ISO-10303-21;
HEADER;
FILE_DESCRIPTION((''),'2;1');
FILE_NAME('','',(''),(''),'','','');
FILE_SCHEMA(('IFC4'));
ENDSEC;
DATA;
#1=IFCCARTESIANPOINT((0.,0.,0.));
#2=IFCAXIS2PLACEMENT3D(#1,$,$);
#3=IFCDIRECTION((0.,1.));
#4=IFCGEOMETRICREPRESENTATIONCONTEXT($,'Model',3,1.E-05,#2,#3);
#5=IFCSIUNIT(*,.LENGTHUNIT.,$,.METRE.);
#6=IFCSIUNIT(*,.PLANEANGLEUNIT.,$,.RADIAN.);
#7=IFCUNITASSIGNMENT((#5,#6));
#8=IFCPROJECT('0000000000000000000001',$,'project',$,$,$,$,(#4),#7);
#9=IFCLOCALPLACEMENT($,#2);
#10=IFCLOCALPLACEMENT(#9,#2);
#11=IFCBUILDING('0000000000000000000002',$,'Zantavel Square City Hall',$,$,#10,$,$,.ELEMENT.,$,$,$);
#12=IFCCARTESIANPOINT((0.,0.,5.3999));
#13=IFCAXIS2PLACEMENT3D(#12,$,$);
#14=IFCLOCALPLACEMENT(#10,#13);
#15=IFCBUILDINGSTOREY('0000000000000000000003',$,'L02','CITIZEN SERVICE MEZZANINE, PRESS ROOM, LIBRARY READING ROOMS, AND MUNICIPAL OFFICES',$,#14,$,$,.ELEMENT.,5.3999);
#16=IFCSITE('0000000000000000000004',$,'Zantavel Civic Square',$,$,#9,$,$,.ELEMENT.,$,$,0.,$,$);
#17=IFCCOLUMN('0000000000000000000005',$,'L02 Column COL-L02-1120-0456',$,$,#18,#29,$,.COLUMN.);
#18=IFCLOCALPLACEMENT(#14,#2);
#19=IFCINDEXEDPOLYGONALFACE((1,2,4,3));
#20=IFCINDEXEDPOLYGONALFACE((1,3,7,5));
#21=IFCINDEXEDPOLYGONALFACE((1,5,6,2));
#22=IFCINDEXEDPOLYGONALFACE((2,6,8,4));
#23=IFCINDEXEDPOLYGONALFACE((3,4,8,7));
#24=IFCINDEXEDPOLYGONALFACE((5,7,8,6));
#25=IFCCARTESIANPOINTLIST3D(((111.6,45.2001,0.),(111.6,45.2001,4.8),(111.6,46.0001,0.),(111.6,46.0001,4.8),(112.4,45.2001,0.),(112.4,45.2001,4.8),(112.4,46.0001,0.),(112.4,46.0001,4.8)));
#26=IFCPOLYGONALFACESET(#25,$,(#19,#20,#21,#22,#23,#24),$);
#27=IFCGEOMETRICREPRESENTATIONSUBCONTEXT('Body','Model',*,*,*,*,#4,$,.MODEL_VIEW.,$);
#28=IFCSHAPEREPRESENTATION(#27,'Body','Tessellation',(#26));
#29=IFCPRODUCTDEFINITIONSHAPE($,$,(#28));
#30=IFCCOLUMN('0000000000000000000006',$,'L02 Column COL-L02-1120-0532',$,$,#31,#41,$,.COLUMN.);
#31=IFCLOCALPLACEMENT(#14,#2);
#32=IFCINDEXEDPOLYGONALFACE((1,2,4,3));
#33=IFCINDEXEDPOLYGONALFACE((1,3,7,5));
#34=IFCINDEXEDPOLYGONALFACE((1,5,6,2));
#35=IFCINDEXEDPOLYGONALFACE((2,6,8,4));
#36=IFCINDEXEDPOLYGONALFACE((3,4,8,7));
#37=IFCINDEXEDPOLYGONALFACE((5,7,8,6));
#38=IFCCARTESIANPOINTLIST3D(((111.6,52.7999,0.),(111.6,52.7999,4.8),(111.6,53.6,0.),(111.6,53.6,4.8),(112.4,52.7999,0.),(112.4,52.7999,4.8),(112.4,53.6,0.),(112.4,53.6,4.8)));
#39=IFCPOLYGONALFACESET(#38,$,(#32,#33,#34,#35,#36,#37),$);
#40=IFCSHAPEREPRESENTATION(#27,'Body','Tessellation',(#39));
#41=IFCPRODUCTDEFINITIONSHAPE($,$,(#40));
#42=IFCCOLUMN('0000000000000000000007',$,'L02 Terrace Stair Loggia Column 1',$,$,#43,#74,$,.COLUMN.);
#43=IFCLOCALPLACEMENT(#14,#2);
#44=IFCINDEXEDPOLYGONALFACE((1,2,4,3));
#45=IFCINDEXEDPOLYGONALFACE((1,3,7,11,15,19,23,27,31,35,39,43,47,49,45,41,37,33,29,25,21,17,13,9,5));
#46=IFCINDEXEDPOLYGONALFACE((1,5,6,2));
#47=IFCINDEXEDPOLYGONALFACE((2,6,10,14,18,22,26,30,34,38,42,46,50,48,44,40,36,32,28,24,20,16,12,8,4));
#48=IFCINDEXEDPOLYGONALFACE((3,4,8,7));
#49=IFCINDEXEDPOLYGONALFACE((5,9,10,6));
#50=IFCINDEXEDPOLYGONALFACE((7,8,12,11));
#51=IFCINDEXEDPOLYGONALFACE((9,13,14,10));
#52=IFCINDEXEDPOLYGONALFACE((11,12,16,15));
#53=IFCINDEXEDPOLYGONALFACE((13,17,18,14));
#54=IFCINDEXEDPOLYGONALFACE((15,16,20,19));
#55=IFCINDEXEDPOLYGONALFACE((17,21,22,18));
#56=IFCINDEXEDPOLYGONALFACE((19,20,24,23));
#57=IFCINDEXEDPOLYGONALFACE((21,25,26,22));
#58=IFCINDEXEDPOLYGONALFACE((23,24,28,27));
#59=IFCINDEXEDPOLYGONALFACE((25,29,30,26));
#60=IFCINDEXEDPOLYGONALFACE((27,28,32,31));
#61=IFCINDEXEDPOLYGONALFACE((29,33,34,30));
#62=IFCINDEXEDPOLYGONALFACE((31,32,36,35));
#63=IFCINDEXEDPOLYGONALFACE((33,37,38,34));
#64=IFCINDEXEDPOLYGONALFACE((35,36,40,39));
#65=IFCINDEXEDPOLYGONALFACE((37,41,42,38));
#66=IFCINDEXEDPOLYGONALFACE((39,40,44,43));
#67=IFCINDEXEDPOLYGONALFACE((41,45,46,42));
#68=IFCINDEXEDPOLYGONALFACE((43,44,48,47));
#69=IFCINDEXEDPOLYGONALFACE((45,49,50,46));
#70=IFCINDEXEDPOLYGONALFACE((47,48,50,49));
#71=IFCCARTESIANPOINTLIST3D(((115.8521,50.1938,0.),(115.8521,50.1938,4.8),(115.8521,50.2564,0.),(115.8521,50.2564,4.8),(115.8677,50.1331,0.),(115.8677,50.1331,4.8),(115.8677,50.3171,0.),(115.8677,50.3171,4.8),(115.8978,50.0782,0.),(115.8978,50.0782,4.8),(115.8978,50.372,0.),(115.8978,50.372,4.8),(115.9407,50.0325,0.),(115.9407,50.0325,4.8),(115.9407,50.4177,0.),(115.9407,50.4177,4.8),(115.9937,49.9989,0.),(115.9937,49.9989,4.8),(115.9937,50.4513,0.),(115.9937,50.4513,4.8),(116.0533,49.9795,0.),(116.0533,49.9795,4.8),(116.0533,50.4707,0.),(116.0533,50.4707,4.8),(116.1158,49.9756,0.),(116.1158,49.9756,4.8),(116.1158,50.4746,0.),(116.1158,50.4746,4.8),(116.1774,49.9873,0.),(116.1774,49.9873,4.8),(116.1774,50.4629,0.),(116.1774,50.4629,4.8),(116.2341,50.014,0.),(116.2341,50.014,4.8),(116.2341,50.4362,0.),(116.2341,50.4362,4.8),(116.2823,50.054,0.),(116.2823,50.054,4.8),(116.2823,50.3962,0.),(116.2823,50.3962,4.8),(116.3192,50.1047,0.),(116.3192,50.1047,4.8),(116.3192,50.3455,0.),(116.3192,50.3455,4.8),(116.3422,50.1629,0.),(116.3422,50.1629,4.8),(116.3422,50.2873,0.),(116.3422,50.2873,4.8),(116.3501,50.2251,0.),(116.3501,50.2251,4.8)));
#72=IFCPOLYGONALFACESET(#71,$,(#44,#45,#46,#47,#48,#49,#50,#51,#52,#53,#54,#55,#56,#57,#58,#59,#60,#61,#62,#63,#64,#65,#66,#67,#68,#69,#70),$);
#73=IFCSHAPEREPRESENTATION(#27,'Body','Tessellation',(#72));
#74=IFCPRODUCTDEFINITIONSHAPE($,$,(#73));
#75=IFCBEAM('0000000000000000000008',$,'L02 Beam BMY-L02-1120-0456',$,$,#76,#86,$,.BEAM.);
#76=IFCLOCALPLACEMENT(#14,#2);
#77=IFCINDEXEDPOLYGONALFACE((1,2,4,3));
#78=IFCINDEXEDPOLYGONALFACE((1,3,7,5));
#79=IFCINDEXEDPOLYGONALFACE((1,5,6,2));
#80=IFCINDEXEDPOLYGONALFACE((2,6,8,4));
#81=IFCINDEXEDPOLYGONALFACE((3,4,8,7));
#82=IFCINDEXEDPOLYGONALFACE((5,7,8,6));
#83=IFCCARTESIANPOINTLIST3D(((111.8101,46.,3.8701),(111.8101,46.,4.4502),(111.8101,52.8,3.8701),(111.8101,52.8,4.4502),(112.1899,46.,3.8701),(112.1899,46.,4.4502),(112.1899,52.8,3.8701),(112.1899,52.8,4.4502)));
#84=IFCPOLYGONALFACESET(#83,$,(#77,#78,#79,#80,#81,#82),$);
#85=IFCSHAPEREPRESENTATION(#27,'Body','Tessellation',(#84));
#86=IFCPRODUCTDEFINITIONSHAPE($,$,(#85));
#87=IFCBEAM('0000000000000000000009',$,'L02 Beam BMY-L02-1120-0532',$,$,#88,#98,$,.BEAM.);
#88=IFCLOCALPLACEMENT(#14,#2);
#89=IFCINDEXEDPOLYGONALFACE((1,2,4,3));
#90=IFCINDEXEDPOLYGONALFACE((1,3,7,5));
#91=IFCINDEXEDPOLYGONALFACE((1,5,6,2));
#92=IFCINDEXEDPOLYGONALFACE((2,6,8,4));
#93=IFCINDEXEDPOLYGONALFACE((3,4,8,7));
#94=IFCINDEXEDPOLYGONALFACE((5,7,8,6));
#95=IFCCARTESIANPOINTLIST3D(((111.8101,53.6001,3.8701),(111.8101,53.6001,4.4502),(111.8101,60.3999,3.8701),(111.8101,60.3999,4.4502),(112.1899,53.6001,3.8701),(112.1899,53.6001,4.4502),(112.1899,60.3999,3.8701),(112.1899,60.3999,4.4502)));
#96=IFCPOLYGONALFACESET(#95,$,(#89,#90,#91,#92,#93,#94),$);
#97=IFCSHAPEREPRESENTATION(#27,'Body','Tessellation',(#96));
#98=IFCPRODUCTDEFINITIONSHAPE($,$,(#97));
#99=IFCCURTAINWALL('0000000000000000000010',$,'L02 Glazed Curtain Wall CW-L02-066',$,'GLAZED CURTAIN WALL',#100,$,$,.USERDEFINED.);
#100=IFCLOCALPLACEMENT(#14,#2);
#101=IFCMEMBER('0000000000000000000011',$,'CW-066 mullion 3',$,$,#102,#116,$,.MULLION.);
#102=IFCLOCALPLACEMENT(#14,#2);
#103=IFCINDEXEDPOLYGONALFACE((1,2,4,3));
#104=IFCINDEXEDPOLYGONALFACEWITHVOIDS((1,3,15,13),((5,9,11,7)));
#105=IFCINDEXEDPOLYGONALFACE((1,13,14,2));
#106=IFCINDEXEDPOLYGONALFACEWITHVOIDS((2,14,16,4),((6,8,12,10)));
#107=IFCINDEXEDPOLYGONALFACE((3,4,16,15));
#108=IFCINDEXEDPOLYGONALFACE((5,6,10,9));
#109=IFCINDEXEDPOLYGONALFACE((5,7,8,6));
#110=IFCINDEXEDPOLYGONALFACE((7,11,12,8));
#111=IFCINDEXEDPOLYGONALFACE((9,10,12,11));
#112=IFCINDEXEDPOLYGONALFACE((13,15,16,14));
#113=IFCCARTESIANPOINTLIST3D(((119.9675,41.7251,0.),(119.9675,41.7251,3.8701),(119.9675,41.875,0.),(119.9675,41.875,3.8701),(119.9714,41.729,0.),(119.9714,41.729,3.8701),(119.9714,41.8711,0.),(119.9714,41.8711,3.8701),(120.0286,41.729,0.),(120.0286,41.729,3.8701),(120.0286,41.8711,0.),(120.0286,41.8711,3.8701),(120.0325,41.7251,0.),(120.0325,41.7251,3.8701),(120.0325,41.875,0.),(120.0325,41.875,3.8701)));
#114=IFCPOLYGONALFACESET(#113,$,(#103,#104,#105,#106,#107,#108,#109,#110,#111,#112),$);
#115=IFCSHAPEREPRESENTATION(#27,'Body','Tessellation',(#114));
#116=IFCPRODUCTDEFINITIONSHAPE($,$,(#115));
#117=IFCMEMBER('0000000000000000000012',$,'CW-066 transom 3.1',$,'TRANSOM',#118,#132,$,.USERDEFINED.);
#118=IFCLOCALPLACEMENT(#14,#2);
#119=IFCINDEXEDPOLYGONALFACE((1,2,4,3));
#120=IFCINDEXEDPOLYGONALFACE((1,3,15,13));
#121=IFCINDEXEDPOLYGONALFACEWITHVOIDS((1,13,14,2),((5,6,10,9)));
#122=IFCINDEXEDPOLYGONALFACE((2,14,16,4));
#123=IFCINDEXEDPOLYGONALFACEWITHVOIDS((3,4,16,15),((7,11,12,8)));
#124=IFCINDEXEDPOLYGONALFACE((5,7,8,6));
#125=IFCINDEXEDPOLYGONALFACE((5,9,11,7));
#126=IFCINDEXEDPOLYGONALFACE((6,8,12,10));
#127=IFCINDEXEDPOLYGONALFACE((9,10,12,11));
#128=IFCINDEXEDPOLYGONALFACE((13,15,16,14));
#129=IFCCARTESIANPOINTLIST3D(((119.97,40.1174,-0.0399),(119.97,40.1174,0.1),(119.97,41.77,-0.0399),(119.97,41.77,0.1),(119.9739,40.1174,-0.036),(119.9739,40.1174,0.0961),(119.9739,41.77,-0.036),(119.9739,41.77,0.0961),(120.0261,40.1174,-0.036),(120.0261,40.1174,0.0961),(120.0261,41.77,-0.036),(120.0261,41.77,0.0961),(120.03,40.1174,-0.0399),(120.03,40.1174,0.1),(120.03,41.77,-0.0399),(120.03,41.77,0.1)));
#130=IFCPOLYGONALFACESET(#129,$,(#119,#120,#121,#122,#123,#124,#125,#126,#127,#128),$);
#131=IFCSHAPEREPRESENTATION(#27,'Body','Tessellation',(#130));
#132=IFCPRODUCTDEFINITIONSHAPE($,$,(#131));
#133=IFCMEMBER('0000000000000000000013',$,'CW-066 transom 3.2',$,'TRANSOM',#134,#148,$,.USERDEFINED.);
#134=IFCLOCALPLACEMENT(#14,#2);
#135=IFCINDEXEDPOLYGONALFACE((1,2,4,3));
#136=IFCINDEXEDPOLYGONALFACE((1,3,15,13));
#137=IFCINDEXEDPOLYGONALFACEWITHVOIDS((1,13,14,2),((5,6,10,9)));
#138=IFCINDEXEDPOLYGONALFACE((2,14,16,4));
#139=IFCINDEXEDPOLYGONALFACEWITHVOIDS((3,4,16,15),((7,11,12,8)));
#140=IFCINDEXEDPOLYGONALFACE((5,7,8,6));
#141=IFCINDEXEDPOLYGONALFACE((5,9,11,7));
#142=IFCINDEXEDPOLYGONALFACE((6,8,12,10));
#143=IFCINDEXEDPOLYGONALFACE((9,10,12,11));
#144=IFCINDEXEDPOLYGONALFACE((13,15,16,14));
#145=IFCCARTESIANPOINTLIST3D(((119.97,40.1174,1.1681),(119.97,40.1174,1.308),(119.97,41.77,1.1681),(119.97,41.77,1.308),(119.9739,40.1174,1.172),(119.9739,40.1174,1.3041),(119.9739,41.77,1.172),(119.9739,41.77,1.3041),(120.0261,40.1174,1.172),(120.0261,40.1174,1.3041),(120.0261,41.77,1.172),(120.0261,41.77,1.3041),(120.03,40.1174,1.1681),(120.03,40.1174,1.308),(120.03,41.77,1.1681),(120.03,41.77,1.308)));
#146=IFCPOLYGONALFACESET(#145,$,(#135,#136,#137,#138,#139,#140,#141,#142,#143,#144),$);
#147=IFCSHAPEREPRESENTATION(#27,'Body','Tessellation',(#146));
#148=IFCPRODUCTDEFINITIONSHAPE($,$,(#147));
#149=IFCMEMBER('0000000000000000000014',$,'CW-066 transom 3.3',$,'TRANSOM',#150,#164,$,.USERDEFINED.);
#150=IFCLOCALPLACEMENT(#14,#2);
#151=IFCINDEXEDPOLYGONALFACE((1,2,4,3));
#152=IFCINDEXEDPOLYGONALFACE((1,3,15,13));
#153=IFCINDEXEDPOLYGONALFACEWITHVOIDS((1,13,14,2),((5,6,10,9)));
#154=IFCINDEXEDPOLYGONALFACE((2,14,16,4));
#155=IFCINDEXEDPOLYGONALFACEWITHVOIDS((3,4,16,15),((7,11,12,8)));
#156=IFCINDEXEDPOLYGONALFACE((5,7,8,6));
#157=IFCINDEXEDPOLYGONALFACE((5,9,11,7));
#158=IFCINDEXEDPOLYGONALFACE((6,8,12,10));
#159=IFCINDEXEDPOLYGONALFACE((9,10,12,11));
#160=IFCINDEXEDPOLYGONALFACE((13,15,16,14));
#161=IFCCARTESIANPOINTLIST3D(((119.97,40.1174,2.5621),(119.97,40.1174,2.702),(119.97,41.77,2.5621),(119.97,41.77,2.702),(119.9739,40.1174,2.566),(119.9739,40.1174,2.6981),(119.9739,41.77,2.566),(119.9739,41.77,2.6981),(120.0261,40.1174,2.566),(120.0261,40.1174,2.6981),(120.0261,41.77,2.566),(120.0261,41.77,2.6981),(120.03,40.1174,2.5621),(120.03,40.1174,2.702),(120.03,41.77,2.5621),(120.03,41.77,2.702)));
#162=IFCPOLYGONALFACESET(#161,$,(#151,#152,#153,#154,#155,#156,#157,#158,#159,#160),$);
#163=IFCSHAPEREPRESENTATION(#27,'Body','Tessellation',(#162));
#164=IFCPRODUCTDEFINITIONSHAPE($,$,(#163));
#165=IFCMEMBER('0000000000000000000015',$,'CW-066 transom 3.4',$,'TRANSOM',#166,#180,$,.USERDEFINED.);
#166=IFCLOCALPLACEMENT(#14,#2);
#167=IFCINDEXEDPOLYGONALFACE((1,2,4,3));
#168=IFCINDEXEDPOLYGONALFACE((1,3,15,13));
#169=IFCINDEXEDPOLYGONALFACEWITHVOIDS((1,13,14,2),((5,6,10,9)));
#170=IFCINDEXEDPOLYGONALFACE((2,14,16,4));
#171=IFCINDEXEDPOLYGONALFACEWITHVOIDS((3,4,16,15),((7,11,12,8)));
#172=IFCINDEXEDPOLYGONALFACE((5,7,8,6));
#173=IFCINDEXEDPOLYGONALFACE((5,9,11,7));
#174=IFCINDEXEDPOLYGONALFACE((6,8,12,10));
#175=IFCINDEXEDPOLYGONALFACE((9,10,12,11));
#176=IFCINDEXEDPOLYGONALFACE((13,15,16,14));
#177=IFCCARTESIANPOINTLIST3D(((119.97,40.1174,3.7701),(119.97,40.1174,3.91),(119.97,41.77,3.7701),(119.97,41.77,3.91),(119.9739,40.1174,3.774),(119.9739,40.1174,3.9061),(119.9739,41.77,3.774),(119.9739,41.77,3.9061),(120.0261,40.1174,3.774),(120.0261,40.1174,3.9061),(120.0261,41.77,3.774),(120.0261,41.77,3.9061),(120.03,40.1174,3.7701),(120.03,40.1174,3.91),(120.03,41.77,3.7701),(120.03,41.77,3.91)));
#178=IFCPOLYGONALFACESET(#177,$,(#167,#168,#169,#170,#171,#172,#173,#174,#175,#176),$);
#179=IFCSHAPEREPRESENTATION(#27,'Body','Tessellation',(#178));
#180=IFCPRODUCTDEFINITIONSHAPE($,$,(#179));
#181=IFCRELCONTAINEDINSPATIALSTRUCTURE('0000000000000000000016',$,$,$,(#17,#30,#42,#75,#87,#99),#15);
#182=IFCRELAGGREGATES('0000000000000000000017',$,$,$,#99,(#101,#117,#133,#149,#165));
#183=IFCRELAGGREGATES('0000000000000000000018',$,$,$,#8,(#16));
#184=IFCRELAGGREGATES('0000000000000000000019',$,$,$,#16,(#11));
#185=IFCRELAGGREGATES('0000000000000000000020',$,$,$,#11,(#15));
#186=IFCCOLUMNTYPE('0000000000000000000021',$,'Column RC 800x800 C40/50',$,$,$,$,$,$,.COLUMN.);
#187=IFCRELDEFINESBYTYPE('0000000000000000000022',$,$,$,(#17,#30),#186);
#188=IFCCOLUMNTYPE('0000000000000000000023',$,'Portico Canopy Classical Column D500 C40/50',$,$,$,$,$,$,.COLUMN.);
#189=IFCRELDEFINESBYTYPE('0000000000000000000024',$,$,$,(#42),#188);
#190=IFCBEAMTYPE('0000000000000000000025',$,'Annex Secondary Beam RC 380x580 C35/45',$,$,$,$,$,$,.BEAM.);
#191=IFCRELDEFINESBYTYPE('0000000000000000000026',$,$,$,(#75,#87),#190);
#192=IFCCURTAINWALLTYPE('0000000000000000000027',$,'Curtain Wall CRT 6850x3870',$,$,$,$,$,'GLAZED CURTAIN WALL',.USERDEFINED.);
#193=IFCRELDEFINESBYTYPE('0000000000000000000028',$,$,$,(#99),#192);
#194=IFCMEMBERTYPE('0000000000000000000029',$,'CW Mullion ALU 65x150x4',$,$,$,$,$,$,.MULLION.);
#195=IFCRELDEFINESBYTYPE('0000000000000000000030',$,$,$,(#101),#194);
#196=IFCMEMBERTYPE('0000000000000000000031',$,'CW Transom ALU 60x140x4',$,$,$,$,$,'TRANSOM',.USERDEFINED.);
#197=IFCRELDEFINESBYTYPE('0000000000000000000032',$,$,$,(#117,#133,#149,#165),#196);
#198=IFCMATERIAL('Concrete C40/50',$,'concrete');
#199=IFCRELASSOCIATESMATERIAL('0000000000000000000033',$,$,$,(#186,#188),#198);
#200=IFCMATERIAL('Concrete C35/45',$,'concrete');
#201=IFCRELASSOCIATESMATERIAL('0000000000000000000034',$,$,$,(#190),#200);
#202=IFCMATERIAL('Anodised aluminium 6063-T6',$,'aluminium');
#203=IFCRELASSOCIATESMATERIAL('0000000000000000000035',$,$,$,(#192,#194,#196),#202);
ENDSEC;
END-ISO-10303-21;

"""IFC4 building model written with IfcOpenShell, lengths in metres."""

from ifc_helpers import new_model, si_unit, direction, frame, origin, origin_2d, place, context, subcontext, project, spatial, rectangle, hollow_rectangle, circle, extrude, material, material_profile, profile_set, type_object, element, aggregate, save


model = new_model("IFC4")

# Units and contexts
model_context = context("Model", 3, precision=1e-05, world=origin(), true_north=direction((0.0, 1.0)))
body_context = subcontext(model_context, "Body", "Model", "MODEL_VIEW")
ifc_project = project(units=[si_unit("LENGTHUNIT", "METRE"), si_unit("PLANEANGLEUNIT", "RADIAN")], contexts=[model_context])

# Site, building, storey
site_placement = place(None, origin())
site = spatial("IfcSite", under=ifc_project, at=site_placement, Name="Zantavel Civic Square", CompositionType="ELEMENT", RefElevation=0.0)
building_placement = place(site_placement, origin())
building = spatial("IfcBuilding", under=site, at=building_placement, Name="Zantavel Square City Hall", CompositionType="ELEMENT")
storey_placement = place(building_placement, frame((0.0, 0.0, 5.3999)))
storey = spatial("IfcBuildingStorey", under=building, at=storey_placement, Name="L02", Description="CITIZEN SERVICE MEZZANINE, PRESS ROOM, LIBRARY READING ROOMS, AND MUNICIPAL OFFICES", CompositionType="ELEMENT", Elevation=5.3999)

# Columns
ifc_material_1 = material(Name="Concrete C40/50", Category="concrete")
ifc_material_profile_1 = material_profile(ifc_material_1, rectangle(XDim=0.8, YDim=0.8, at=origin_2d()), Name="RC 800x800")
ifc_profile_set_1 = profile_set([ifc_material_profile_1], Name="Concrete C40/50")
column_type_1 = type_object("IfcColumnType", Name="Column RC 800x800 C40/50", PredefinedType="COLUMN", material=ifc_profile_set_1)
for number, where, z_axis, x_axis, name in (
    (1, (112.0, 45.6001, 0.0), (0.0, 0.0, 1.0), (1.0, 0.0, 0.0), "L02 Column COL-L02-1120-0456"),
    (2, (112.0, 53.2, 0.0), (0.0, 0.0, 1.0), (1.0, 0.0, 0.0), "L02 Column COL-L02-1120-0532"),
):
    element("IfcColumn", number, at=place(storey_placement, frame(where, z_axis=z_axis, x_axis=x_axis)), inside=storey, type_object=column_type_1, Name=name, PredefinedType="COLUMN", context=body_context, shape_type="SweptSolid", body=[
        extrude(rectangle(XDim=0.8, YDim=0.8, at=origin_2d()), origin(), (0.0, 0.0, 1.0), 4.8),
    ])
ifc_material_profile_2 = material_profile(ifc_material_1, circle(Radius=0.25, at=origin_2d()), Name="ROUND D500")
ifc_profile_set_2 = profile_set([ifc_material_profile_2], Name="Concrete C40/50")
column_type_2 = type_object("IfcColumnType", Name="Portico Canopy Classical Column D500 C40/50", PredefinedType="COLUMN", material=ifc_profile_set_2)
column_placement = place(storey_placement, frame((116.1001, 50.2251, 0.0), z_axis=(0.0, 0.0, 1.0), x_axis=(1.0, 0.0, 0.0)))
element("IfcColumn", 3, at=column_placement, inside=storey, type_object=column_type_2, Name="L02 Terrace Stair Loggia Column 1", PredefinedType="COLUMN", context=body_context, shape_type="SweptSolid", body=[
    extrude(circle(Radius=0.25, at=origin_2d()), origin(), (0.0, 0.0, 1.0), 4.8),
])

# Beams
ifc_material_2 = material(Name="Concrete C35/45", Category="concrete")
ifc_material_profile_3 = material_profile(ifc_material_2, rectangle(XDim=0.3799, YDim=0.5801, at=origin_2d()), Name="RC 380x580")
ifc_profile_set_3 = profile_set([ifc_material_profile_3], Name="Concrete C35/45")
beam_type_1 = type_object("IfcBeamType", Name="Annex Secondary Beam RC 380x580 C35/45", PredefinedType="BEAM", material=ifc_profile_set_3)
beam_1_placement = place(storey_placement, frame((112.0, 46.0, 4.1602), z_axis=(0.0, 1.0, 0.0), x_axis=(-1.0, 0.0, 0.0)))
element("IfcBeam", 4, at=beam_1_placement, inside=storey, type_object=beam_type_1, Name="L02 Beam BMY-L02-1120-0456", PredefinedType="BEAM", context=body_context, shape_type="SweptSolid", body=[
    extrude(rectangle(XDim=0.3799, YDim=0.5801, at=origin_2d()), origin(), (0.0, 0.0, 1.0), 6.8),
])
beam_2_placement = place(storey_placement, frame((112.0, 53.6001, 4.1602), z_axis=(0.0, 1.0, 0.0), x_axis=(-1.0, 0.0, 0.0)))
element("IfcBeam", 5, at=beam_2_placement, inside=storey, type_object=beam_type_1, Name="L02 Beam BMY-L02-1120-0532", PredefinedType="BEAM", context=body_context, shape_type="SweptSolid", body=[
    extrude(rectangle(XDim=0.3799, YDim=0.5801, at=origin_2d()), origin(), (0.0, 0.0, 1.0), 6.7998),
])

# Curtain wall, members
ifc_material_3 = material(Name="Anodised aluminium 6063-T6", Category="aluminium")
curtain_wall_type = type_object("IfcCurtainWallType", Name="Curtain Wall CRT 6850x3870", ElementType="GLAZED CURTAIN WALL", PredefinedType="USERDEFINED", material=ifc_material_3)
curtain_wall_placement = place(storey_placement, origin())
curtain_wall = element("IfcCurtainWall", 6, at=curtain_wall_placement, inside=storey, type_object=curtain_wall_type, Name="L02 Glazed Curtain Wall CW-L02-066", ObjectType="GLAZED CURTAIN WALL", PredefinedType="USERDEFINED")
ifc_material_profile_4 = material_profile(ifc_material_3, hollow_rectangle(XDim=0.0649, YDim=0.1499, WallThickness=0.0039, at=origin_2d()), Name="ALU 65x150x4")
ifc_profile_set_4 = profile_set([ifc_material_profile_4], Name="Anodised aluminium 6063-T6")
member_type_1 = type_object("IfcMemberType", Name="CW Mullion ALU 65x150x4", PredefinedType="MULLION", material=ifc_profile_set_4)
member_1_placement = place(storey_placement, frame((120.0, 41.8, 0.0), z_axis=(0.0, 0.0, 1.0), x_axis=(1.0, 0.0, 0.0)))
member_1 = element("IfcMember", 7, at=member_1_placement, type_object=member_type_1, Name="CW-066 mullion 3", PredefinedType="MULLION", context=body_context, shape_type="SweptSolid", body=[
    extrude(hollow_rectangle(XDim=0.0649, YDim=0.1499, WallThickness=0.0039, at=origin_2d()), origin(), (0.0, 0.0, 1.0), 3.8701),
])
ifc_material_profile_5 = material_profile(ifc_material_3, hollow_rectangle(XDim=0.0601, YDim=0.1399, WallThickness=0.0039, at=origin_2d()), Name="ALU 60x140x4")
ifc_profile_set_5 = profile_set([ifc_material_profile_5], Name="Anodised aluminium 6063-T6")
member_type_2 = type_object("IfcMemberType", Name="CW Transom ALU 60x140x4", ElementType="TRANSOM", PredefinedType="USERDEFINED", material=ifc_profile_set_5)
member_2_placement = place(storey_placement, frame((120.0, 41.77, 0.03), z_axis=(0.0, -1.0, 0.0), x_axis=(1.0, 0.0, 0.0)))
member_2 = element("IfcMember", 8, at=member_2_placement, type_object=member_type_2, Name="CW-066 transom 3.1", ObjectType="TRANSOM", PredefinedType="USERDEFINED", context=body_context, shape_type="SweptSolid", body=[
    extrude(hollow_rectangle(XDim=0.0601, YDim=0.1399, WallThickness=0.0039, at=origin_2d()), origin(), (0.0, 0.0, 1.0), 1.6526),
])
member_3_placement = place(storey_placement, frame((120.0, 41.77, 1.238), z_axis=(0.0, -1.0, 0.0), x_axis=(1.0, 0.0, 0.0)))
member_3 = element("IfcMember", 9, at=member_3_placement, type_object=member_type_2, Name="CW-066 transom 3.2", ObjectType="TRANSOM", PredefinedType="USERDEFINED", context=body_context, shape_type="SweptSolid", body=[
    extrude(hollow_rectangle(XDim=0.0601, YDim=0.1399, WallThickness=0.0039, at=origin_2d()), origin(), (0.0, 0.0, 1.0), 1.6526),
])
member_4_placement = place(storey_placement, frame((120.0, 41.77, 2.6321), z_axis=(0.0, -1.0, 0.0), x_axis=(1.0, 0.0, 0.0)))
member_4 = element("IfcMember", 10, at=member_4_placement, type_object=member_type_2, Name="CW-066 transom 3.3", ObjectType="TRANSOM", PredefinedType="USERDEFINED", context=body_context, shape_type="SweptSolid", body=[
    extrude(hollow_rectangle(XDim=0.0601, YDim=0.1399, WallThickness=0.0039, at=origin_2d()), origin(), (0.0, 0.0, 1.0), 1.6526),
])
member_5_placement = place(storey_placement, frame((120.0, 41.77, 3.8401), z_axis=(0.0, -1.0, 0.0), x_axis=(1.0, 0.0, 0.0)))
member_5 = element("IfcMember", 11, at=member_5_placement, type_object=member_type_2, Name="CW-066 transom 3.4", ObjectType="TRANSOM", PredefinedType="USERDEFINED", context=body_context, shape_type="SweptSolid", body=[
    extrude(hollow_rectangle(XDim=0.0601, YDim=0.1399, WallThickness=0.0039, at=origin_2d()), origin(), (0.0, 0.0, 1.0), 1.6526),
])

aggregate(curtain_wall, [member_1, member_2, member_3, member_4, member_5])

save(model, "model.ifc")
